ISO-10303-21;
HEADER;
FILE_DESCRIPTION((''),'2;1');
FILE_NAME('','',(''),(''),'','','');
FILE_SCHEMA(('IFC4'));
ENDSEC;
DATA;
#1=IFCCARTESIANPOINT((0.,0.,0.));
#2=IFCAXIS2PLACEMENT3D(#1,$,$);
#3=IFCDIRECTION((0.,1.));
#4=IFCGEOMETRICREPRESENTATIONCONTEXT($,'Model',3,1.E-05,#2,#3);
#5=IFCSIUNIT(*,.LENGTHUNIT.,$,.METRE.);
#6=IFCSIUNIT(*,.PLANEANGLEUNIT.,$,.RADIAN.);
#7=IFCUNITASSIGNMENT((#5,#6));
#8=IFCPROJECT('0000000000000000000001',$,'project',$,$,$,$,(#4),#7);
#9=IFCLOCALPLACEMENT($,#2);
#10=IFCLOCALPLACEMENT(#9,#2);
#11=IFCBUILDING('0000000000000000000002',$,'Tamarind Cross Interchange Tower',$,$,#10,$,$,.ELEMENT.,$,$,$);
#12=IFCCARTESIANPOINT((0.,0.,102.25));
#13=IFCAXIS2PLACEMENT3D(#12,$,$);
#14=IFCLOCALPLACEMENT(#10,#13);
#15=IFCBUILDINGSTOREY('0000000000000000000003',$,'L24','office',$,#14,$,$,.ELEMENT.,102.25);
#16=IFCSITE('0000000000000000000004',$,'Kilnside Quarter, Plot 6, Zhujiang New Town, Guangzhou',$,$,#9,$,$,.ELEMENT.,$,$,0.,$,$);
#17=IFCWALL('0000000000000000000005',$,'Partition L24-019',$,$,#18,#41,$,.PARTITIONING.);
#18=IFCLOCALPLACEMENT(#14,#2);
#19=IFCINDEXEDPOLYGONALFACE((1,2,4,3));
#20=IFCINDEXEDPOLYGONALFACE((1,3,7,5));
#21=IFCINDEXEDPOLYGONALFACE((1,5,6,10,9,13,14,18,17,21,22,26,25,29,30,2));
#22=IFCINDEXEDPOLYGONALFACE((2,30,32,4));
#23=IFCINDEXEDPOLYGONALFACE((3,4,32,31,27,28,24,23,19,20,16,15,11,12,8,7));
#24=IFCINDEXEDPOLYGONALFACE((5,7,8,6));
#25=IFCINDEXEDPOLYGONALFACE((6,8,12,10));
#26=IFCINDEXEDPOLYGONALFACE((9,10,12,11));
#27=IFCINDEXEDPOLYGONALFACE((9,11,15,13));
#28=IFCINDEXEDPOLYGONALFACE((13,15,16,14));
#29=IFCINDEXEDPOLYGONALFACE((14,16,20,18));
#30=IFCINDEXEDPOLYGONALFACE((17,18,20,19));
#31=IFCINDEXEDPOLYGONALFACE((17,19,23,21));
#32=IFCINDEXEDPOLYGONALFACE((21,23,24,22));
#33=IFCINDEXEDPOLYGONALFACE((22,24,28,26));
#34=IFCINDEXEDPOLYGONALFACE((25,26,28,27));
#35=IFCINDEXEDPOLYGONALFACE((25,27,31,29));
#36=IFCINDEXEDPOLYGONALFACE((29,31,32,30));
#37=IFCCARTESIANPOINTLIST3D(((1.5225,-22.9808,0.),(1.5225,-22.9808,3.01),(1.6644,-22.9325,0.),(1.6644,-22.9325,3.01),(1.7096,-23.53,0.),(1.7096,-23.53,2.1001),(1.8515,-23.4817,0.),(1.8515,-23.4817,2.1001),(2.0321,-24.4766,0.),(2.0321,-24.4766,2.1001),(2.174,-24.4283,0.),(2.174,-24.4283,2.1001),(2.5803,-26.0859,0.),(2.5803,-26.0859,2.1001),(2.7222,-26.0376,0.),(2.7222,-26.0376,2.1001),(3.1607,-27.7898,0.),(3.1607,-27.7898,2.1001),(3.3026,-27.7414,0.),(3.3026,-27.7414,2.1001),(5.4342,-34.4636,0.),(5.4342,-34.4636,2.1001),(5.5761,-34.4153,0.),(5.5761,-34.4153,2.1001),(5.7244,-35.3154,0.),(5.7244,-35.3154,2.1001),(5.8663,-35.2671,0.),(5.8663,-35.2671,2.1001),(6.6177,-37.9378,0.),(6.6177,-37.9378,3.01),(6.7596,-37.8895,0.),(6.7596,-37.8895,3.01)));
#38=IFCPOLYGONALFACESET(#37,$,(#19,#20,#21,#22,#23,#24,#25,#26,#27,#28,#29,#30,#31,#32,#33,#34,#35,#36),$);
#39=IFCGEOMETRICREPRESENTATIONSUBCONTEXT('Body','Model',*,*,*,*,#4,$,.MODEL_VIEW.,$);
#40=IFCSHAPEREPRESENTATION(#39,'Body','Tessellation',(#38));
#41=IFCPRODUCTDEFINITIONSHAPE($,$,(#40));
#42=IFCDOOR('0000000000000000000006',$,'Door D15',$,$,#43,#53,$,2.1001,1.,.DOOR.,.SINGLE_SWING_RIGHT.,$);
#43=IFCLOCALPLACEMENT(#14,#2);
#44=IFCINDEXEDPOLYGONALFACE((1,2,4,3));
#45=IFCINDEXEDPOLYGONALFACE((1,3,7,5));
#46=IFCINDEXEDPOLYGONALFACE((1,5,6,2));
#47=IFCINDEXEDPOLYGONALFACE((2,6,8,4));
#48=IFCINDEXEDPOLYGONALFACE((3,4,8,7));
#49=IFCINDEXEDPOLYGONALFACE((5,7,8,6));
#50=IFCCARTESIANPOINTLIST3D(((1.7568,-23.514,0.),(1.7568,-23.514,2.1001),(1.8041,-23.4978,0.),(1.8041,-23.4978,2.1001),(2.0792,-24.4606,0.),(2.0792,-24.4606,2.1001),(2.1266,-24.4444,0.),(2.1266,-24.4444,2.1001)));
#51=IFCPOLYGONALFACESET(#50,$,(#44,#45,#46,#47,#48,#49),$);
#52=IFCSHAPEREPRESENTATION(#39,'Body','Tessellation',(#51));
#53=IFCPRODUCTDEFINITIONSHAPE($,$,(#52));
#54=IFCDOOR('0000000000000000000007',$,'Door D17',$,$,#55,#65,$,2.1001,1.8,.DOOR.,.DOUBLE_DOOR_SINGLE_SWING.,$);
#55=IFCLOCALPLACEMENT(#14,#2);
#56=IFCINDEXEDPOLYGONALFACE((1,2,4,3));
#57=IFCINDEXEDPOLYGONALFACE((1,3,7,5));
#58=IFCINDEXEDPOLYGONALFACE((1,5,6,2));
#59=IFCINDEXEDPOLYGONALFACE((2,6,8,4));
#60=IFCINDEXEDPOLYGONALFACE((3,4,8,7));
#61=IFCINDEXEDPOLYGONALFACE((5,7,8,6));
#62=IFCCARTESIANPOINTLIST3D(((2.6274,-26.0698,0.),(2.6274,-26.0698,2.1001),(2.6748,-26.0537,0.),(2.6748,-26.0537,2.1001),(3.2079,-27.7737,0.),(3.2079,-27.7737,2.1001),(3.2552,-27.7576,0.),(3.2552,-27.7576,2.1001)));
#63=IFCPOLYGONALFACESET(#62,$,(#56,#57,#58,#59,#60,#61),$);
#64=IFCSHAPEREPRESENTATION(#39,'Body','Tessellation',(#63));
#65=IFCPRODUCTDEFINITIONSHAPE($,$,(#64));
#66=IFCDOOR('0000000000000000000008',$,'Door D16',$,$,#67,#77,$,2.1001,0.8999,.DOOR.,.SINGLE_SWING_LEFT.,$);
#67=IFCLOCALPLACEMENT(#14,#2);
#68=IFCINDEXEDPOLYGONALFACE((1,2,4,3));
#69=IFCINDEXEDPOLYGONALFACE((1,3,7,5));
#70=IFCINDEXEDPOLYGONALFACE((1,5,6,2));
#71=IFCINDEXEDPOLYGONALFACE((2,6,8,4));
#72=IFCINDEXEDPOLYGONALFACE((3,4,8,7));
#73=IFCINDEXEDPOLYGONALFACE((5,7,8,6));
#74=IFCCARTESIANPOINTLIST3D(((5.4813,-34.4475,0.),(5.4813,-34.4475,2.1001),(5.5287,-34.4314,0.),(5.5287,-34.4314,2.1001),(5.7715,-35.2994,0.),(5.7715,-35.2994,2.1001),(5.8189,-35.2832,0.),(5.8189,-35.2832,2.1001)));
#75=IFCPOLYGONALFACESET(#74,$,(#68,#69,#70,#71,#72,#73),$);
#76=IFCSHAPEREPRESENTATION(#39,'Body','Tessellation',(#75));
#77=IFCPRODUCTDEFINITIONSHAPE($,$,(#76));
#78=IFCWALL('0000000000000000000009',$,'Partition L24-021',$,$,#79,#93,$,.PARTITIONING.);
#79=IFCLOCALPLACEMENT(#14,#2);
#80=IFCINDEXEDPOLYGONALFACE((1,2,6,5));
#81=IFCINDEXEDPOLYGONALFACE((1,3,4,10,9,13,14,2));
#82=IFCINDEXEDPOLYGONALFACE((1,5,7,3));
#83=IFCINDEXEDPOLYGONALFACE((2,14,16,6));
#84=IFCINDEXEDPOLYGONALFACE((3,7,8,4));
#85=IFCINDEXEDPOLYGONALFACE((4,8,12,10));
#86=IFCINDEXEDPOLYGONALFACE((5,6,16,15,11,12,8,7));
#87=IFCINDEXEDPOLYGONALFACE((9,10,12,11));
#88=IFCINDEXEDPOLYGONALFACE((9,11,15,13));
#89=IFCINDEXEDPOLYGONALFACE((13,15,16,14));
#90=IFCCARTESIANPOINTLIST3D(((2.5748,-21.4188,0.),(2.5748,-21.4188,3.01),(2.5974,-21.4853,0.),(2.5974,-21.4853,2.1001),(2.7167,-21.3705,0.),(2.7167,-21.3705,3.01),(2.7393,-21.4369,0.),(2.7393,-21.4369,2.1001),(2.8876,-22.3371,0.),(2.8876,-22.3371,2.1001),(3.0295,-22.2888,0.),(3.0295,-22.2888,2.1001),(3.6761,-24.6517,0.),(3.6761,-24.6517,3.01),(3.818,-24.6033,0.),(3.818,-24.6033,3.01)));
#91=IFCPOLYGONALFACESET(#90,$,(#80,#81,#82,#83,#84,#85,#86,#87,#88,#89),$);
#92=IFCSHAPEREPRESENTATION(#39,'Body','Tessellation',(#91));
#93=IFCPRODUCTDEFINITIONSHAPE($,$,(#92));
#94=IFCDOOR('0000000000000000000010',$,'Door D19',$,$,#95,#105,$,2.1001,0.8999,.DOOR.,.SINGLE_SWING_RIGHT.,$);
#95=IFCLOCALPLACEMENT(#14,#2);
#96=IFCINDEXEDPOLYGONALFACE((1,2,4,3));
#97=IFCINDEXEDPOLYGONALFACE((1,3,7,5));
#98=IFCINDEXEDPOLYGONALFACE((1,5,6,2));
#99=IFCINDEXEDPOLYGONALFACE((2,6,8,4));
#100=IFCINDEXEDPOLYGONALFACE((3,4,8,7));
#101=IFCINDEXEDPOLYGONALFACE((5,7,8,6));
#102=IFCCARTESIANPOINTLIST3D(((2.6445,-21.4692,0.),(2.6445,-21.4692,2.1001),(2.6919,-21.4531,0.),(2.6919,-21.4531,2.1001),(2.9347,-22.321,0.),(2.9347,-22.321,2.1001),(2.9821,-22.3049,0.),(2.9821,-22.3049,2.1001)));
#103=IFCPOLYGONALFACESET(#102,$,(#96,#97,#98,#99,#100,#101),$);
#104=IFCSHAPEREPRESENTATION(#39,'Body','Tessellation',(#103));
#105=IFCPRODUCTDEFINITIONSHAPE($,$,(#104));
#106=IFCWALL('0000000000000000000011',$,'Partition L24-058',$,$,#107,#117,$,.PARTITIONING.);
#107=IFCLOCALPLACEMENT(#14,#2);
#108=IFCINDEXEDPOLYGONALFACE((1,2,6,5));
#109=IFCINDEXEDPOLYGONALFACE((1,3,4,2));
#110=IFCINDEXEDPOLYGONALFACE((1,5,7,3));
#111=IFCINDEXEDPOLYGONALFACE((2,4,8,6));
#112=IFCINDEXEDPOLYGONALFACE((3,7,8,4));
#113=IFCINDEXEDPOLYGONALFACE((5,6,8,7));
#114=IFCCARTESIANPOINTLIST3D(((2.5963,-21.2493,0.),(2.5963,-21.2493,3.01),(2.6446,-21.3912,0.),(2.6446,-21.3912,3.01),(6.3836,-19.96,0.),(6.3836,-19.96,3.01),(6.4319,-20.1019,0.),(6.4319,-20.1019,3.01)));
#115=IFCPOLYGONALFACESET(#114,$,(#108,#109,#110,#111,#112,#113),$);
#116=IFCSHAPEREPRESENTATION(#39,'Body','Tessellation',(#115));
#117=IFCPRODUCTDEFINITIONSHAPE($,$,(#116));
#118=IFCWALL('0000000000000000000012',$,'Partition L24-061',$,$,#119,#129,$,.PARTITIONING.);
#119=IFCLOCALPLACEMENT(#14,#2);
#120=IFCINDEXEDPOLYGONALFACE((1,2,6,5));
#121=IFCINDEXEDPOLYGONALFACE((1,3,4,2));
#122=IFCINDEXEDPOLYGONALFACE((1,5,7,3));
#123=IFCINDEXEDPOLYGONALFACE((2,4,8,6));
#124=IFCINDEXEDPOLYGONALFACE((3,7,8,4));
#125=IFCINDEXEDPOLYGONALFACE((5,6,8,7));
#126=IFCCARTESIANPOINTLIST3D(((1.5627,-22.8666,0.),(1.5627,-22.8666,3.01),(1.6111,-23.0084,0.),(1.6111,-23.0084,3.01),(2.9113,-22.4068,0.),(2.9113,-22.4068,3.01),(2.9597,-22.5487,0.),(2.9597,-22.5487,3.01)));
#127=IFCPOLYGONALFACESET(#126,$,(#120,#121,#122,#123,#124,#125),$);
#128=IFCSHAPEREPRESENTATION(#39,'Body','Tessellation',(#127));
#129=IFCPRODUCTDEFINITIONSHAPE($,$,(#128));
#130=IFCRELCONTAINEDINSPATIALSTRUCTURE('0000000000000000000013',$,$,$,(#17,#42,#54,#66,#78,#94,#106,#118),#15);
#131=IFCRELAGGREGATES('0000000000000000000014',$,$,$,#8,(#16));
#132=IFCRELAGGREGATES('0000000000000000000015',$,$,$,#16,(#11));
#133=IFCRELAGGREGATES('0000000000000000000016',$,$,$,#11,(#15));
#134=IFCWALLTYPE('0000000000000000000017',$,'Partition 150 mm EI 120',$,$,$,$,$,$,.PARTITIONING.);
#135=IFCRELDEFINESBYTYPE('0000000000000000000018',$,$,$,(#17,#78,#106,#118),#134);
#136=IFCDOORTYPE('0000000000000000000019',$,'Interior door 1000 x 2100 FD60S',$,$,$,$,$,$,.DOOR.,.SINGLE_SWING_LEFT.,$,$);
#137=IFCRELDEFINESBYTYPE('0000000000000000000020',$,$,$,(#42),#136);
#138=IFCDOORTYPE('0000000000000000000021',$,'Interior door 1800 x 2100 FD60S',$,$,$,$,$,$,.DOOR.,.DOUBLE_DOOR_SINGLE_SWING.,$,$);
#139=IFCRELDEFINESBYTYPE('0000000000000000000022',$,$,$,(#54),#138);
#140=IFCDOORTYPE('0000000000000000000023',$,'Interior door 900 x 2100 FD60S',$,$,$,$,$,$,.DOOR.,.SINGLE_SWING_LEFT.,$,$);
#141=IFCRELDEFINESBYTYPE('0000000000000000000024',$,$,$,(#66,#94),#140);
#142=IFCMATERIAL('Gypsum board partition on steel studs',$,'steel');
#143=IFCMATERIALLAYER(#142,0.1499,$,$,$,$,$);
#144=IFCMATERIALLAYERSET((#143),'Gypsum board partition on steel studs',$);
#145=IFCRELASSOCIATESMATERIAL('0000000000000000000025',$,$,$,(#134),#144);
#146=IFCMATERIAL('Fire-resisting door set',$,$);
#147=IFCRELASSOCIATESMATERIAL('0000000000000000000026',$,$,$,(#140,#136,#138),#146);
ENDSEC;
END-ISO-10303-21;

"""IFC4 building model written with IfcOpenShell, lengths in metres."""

from ifc_helpers import new_model, si_unit, direction, frame, frame_2d, origin, place, context, subcontext, project, spatial, rectangle, extrude, material, layer, layer_set, type_object, element, fill, save


model = new_model("IFC4")

# Units and contexts
model_context = context("Model", 3, precision=1e-05, world=origin(), true_north=direction((0.0, 1.0)))
body_context = subcontext(model_context, "Body", "Model", "MODEL_VIEW")
ifc_project = project(units=[si_unit("LENGTHUNIT", "METRE"), si_unit("PLANEANGLEUNIT", "RADIAN")], contexts=[model_context])

# Site, building, storey
site_placement = place(None, origin())
site = spatial("IfcSite", under=ifc_project, at=site_placement, Name="Kilnside Quarter, Plot 6, Zhujiang New Town, Guangzhou", CompositionType="ELEMENT", RefElevation=0.0)
building_placement = place(site_placement, origin())
building = spatial("IfcBuilding", under=site, at=building_placement, Name="Tamarind Cross Interchange Tower", CompositionType="ELEMENT")
storey_placement = place(building_placement, frame((0.0, 0.0, 102.25)))
storey = spatial("IfcBuildingStorey", under=building, at=storey_placement, Name="L24", Description="office", CompositionType="ELEMENT", Elevation=102.25)

# Shared definitions
ifc_material_1 = material(Name="Gypsum board partition on steel studs", Category="steel")

# Shared definitions
ifc_layer_1 = layer(ifc_material_1, 0.1499)
ifc_layer_set_1 = layer_set([ifc_layer_1], Name="Gypsum board partition on steel studs")
wall_type_1 = type_object("IfcWallType", Name="Partition 150 mm EI 120", PredefinedType="PARTITIONING", material=ifc_layer_set_1)
ifc_material_2 = material(Name="Fire-resisting door set")
door_type_1 = type_object("IfcDoorType", Name="Interior door 900 x 2100 FD60S", OperationType="SINGLE_SWING_LEFT", PredefinedType="DOOR", material=ifc_material_2)

# Wall, openings, doors
wall_1_placement = place(storey_placement, frame((1.5935, -22.9568, 0.0), z_axis=(0.0, 0.0, 1.0), x_axis=(0.32246, -0.946583, 0.0)))
wall_1 = element("IfcWall", 1, at=wall_1_placement, inside=storey, type_object=wall_type_1, Name="Partition L24-019", PredefinedType="PARTITIONING", context=body_context, shape_type="SweptSolid", body=[
    extrude(rectangle(XDim=15.801, YDim=0.1499, at=frame_2d((7.9004, 0.0))), origin(), (0.0, 0.0, 1.0), 3.01),
])
opening_1_placement = place(wall_1_placement, frame((0.5801, 0.0, 0.0)))
opening_1 = element("IfcOpeningElement", 2, at=opening_1_placement, cuts=wall_1, PredefinedType="OPENING", context=body_context, shape_type="SweptSolid", body=[
    extrude(rectangle(XDim=1.0, YDim=2.1001, at=frame_2d((0.5, 1.05))), frame((0.0, 0.085, 0.0), z_axis=(0.0, -1.0, 0.0), x_axis=(1.0, 0.0, 0.0)), (0.0, 0.0, 1.0), 0.1699),
])
opening_2_placement = place(wall_1_placement, frame((12.1306, 0.0, 0.0)))
opening_2 = element("IfcOpeningElement", 3, at=opening_2_placement, cuts=wall_1, PredefinedType="OPENING", context=body_context, shape_type="SweptSolid", body=[
    extrude(rectangle(XDim=0.8999, YDim=2.1001, at=frame_2d((0.45, 1.05))), frame((0.0, 0.085, 0.0), z_axis=(0.0, -1.0, 0.0), x_axis=(1.0, 0.0, 0.0)), (0.0, 0.0, 1.0), 0.1699),
])
opening_3_placement = place(wall_1_placement, frame((3.2803, 0.0, 0.0)))
opening_3 = element("IfcOpeningElement", 4, at=opening_3_placement, cuts=wall_1, PredefinedType="OPENING", context=body_context, shape_type="SweptSolid", body=[
    extrude(rectangle(XDim=1.8, YDim=2.1001, at=frame_2d((0.8999, 1.05))), frame((0.0, 0.085, 0.0), z_axis=(0.0, -1.0, 0.0), x_axis=(1.0, 0.0, 0.0)), (0.0, 0.0, 1.0), 0.1699),
])
door_type_2 = type_object("IfcDoorType", Name="Interior door 1000 x 2100 FD60S", OperationType="SINGLE_SWING_LEFT", PredefinedType="DOOR", material=ifc_material_2)
door_1_placement = place(opening_1_placement, origin())
door_1 = element("IfcDoor", 5, at=door_1_placement, inside=storey, type_object=door_type_2, Name="Door D15", OperationType="SINGLE_SWING_RIGHT", OverallHeight=2.1001, OverallWidth=1.0, PredefinedType="DOOR", context=body_context, shape_type="SweptSolid", body=[
    extrude(rectangle(XDim=1.0, YDim=2.1001, at=frame_2d((0.5, 1.05))), frame((0.0, 0.0249, 0.0), z_axis=(0.0, -1.0, 0.0), x_axis=(1.0, 0.0, 0.0)), (0.0, 0.0, 1.0), 0.05),
])
fill(opening_1, door_1)
door_type_3 = type_object("IfcDoorType", Name="Interior door 1800 x 2100 FD60S", OperationType="DOUBLE_DOOR_SINGLE_SWING", PredefinedType="DOOR", material=ifc_material_2)
door_2_placement = place(opening_3_placement, origin())
door_2 = element("IfcDoor", 6, at=door_2_placement, inside=storey, type_object=door_type_3, Name="Door D17", OperationType="DOUBLE_DOOR_SINGLE_SWING", OverallHeight=2.1001, OverallWidth=1.8, PredefinedType="DOOR", context=body_context, shape_type="SweptSolid", body=[
    extrude(rectangle(XDim=1.8, YDim=2.1001, at=frame_2d((0.8999, 1.05))), frame((0.0, 0.0249, 0.0), z_axis=(0.0, -1.0, 0.0), x_axis=(1.0, 0.0, 0.0)), (0.0, 0.0, 1.0), 0.05),
])
fill(opening_3, door_2)
door_3_placement = place(opening_2_placement, origin())
door_3 = element("IfcDoor", 7, at=door_3_placement, inside=storey, type_object=door_type_1, Name="Door D16", OperationType="SINGLE_SWING_LEFT", OverallHeight=2.1001, OverallWidth=0.8999, PredefinedType="DOOR", context=body_context, shape_type="SweptSolid", body=[
    extrude(rectangle(XDim=0.8999, YDim=2.1001, at=frame_2d((0.45, 1.05))), frame((0.0, 0.0249, 0.0), z_axis=(0.0, -1.0, 0.0), x_axis=(1.0, 0.0, 0.0)), (0.0, 0.0, 1.0), 0.05),
])
fill(opening_2, door_3)

# Wall, opening, door
wall_2_placement = place(storey_placement, frame((2.6458, -21.3948, 0.0), z_axis=(0.0, 0.0, 1.0), x_axis=(0.322461, -0.946583, 0.0)))
wall_2 = element("IfcWall", 8, at=wall_2_placement, inside=storey, type_object=wall_type_1, Name="Partition L24-021", PredefinedType="PARTITIONING", context=body_context, shape_type="SweptSolid", body=[
    extrude(rectangle(XDim=3.4153, YDim=0.1499, at=frame_2d((1.7075, 0.0))), origin(), (0.0, 0.0, 1.0), 3.01),
])
opening_4_placement = place(wall_2_placement, frame((0.0701, 0.0, 0.0)))
opening_4 = element("IfcOpeningElement", 9, at=opening_4_placement, cuts=wall_2, PredefinedType="OPENING", context=body_context, shape_type="SweptSolid", body=[
    extrude(rectangle(XDim=0.8999, YDim=2.1001, at=frame_2d((0.45, 1.05))), frame((0.0, 0.085, 0.0), z_axis=(0.0, -1.0, 0.0), x_axis=(1.0, 0.0, 0.0)), (0.0, 0.0, 1.0), 0.1699),
])
door_4_placement = place(opening_4_placement, origin())
door_4 = element("IfcDoor", 10, at=door_4_placement, inside=storey, type_object=door_type_1, Name="Door D19", OperationType="SINGLE_SWING_RIGHT", OverallHeight=2.1001, OverallWidth=0.8999, PredefinedType="DOOR", context=body_context, shape_type="SweptSolid", body=[
    extrude(rectangle(XDim=0.8999, YDim=2.1001, at=frame_2d((0.45, 1.05))), frame((0.0, 0.0249, 0.0), z_axis=(0.0, -1.0, 0.0), x_axis=(1.0, 0.0, 0.0)), (0.0, 0.0, 1.0), 0.05),
])
fill(opening_4, door_4)

# Walls
wall_3_placement = place(storey_placement, frame((2.6204, -21.3203, 0.0), z_axis=(0.0, 0.0, 1.0), x_axis=(0.94665, 0.322263, 0.0)))
element("IfcWall", 11, at=wall_3_placement, inside=storey, type_object=wall_type_1, Name="Partition L24-058", PredefinedType="PARTITIONING", context=body_context, shape_type="SweptSolid", body=[
    extrude(rectangle(XDim=4.0007, YDim=0.1499, at=frame_2d((2.0005, 0.0))), origin(), (0.0, 0.0, 1.0), 3.01),
])
wall_4_placement = place(storey_placement, frame((1.5869, -22.9375, 0.0), z_axis=(0.0, 0.0, 1.0), x_axis=(0.94652, 0.322646, 0.0)))
element("IfcWall", 12, at=wall_4_placement, inside=storey, type_object=wall_type_1, Name="Partition L24-061", PredefinedType="PARTITIONING", context=body_context, shape_type="SweptSolid", body=[
    extrude(rectangle(XDim=1.4248, YDim=0.1499, at=frame_2d((0.7124, 0.0))), origin(), (0.0, 0.0, 1.0), 3.01),
])

save(model, "model.ifc")
